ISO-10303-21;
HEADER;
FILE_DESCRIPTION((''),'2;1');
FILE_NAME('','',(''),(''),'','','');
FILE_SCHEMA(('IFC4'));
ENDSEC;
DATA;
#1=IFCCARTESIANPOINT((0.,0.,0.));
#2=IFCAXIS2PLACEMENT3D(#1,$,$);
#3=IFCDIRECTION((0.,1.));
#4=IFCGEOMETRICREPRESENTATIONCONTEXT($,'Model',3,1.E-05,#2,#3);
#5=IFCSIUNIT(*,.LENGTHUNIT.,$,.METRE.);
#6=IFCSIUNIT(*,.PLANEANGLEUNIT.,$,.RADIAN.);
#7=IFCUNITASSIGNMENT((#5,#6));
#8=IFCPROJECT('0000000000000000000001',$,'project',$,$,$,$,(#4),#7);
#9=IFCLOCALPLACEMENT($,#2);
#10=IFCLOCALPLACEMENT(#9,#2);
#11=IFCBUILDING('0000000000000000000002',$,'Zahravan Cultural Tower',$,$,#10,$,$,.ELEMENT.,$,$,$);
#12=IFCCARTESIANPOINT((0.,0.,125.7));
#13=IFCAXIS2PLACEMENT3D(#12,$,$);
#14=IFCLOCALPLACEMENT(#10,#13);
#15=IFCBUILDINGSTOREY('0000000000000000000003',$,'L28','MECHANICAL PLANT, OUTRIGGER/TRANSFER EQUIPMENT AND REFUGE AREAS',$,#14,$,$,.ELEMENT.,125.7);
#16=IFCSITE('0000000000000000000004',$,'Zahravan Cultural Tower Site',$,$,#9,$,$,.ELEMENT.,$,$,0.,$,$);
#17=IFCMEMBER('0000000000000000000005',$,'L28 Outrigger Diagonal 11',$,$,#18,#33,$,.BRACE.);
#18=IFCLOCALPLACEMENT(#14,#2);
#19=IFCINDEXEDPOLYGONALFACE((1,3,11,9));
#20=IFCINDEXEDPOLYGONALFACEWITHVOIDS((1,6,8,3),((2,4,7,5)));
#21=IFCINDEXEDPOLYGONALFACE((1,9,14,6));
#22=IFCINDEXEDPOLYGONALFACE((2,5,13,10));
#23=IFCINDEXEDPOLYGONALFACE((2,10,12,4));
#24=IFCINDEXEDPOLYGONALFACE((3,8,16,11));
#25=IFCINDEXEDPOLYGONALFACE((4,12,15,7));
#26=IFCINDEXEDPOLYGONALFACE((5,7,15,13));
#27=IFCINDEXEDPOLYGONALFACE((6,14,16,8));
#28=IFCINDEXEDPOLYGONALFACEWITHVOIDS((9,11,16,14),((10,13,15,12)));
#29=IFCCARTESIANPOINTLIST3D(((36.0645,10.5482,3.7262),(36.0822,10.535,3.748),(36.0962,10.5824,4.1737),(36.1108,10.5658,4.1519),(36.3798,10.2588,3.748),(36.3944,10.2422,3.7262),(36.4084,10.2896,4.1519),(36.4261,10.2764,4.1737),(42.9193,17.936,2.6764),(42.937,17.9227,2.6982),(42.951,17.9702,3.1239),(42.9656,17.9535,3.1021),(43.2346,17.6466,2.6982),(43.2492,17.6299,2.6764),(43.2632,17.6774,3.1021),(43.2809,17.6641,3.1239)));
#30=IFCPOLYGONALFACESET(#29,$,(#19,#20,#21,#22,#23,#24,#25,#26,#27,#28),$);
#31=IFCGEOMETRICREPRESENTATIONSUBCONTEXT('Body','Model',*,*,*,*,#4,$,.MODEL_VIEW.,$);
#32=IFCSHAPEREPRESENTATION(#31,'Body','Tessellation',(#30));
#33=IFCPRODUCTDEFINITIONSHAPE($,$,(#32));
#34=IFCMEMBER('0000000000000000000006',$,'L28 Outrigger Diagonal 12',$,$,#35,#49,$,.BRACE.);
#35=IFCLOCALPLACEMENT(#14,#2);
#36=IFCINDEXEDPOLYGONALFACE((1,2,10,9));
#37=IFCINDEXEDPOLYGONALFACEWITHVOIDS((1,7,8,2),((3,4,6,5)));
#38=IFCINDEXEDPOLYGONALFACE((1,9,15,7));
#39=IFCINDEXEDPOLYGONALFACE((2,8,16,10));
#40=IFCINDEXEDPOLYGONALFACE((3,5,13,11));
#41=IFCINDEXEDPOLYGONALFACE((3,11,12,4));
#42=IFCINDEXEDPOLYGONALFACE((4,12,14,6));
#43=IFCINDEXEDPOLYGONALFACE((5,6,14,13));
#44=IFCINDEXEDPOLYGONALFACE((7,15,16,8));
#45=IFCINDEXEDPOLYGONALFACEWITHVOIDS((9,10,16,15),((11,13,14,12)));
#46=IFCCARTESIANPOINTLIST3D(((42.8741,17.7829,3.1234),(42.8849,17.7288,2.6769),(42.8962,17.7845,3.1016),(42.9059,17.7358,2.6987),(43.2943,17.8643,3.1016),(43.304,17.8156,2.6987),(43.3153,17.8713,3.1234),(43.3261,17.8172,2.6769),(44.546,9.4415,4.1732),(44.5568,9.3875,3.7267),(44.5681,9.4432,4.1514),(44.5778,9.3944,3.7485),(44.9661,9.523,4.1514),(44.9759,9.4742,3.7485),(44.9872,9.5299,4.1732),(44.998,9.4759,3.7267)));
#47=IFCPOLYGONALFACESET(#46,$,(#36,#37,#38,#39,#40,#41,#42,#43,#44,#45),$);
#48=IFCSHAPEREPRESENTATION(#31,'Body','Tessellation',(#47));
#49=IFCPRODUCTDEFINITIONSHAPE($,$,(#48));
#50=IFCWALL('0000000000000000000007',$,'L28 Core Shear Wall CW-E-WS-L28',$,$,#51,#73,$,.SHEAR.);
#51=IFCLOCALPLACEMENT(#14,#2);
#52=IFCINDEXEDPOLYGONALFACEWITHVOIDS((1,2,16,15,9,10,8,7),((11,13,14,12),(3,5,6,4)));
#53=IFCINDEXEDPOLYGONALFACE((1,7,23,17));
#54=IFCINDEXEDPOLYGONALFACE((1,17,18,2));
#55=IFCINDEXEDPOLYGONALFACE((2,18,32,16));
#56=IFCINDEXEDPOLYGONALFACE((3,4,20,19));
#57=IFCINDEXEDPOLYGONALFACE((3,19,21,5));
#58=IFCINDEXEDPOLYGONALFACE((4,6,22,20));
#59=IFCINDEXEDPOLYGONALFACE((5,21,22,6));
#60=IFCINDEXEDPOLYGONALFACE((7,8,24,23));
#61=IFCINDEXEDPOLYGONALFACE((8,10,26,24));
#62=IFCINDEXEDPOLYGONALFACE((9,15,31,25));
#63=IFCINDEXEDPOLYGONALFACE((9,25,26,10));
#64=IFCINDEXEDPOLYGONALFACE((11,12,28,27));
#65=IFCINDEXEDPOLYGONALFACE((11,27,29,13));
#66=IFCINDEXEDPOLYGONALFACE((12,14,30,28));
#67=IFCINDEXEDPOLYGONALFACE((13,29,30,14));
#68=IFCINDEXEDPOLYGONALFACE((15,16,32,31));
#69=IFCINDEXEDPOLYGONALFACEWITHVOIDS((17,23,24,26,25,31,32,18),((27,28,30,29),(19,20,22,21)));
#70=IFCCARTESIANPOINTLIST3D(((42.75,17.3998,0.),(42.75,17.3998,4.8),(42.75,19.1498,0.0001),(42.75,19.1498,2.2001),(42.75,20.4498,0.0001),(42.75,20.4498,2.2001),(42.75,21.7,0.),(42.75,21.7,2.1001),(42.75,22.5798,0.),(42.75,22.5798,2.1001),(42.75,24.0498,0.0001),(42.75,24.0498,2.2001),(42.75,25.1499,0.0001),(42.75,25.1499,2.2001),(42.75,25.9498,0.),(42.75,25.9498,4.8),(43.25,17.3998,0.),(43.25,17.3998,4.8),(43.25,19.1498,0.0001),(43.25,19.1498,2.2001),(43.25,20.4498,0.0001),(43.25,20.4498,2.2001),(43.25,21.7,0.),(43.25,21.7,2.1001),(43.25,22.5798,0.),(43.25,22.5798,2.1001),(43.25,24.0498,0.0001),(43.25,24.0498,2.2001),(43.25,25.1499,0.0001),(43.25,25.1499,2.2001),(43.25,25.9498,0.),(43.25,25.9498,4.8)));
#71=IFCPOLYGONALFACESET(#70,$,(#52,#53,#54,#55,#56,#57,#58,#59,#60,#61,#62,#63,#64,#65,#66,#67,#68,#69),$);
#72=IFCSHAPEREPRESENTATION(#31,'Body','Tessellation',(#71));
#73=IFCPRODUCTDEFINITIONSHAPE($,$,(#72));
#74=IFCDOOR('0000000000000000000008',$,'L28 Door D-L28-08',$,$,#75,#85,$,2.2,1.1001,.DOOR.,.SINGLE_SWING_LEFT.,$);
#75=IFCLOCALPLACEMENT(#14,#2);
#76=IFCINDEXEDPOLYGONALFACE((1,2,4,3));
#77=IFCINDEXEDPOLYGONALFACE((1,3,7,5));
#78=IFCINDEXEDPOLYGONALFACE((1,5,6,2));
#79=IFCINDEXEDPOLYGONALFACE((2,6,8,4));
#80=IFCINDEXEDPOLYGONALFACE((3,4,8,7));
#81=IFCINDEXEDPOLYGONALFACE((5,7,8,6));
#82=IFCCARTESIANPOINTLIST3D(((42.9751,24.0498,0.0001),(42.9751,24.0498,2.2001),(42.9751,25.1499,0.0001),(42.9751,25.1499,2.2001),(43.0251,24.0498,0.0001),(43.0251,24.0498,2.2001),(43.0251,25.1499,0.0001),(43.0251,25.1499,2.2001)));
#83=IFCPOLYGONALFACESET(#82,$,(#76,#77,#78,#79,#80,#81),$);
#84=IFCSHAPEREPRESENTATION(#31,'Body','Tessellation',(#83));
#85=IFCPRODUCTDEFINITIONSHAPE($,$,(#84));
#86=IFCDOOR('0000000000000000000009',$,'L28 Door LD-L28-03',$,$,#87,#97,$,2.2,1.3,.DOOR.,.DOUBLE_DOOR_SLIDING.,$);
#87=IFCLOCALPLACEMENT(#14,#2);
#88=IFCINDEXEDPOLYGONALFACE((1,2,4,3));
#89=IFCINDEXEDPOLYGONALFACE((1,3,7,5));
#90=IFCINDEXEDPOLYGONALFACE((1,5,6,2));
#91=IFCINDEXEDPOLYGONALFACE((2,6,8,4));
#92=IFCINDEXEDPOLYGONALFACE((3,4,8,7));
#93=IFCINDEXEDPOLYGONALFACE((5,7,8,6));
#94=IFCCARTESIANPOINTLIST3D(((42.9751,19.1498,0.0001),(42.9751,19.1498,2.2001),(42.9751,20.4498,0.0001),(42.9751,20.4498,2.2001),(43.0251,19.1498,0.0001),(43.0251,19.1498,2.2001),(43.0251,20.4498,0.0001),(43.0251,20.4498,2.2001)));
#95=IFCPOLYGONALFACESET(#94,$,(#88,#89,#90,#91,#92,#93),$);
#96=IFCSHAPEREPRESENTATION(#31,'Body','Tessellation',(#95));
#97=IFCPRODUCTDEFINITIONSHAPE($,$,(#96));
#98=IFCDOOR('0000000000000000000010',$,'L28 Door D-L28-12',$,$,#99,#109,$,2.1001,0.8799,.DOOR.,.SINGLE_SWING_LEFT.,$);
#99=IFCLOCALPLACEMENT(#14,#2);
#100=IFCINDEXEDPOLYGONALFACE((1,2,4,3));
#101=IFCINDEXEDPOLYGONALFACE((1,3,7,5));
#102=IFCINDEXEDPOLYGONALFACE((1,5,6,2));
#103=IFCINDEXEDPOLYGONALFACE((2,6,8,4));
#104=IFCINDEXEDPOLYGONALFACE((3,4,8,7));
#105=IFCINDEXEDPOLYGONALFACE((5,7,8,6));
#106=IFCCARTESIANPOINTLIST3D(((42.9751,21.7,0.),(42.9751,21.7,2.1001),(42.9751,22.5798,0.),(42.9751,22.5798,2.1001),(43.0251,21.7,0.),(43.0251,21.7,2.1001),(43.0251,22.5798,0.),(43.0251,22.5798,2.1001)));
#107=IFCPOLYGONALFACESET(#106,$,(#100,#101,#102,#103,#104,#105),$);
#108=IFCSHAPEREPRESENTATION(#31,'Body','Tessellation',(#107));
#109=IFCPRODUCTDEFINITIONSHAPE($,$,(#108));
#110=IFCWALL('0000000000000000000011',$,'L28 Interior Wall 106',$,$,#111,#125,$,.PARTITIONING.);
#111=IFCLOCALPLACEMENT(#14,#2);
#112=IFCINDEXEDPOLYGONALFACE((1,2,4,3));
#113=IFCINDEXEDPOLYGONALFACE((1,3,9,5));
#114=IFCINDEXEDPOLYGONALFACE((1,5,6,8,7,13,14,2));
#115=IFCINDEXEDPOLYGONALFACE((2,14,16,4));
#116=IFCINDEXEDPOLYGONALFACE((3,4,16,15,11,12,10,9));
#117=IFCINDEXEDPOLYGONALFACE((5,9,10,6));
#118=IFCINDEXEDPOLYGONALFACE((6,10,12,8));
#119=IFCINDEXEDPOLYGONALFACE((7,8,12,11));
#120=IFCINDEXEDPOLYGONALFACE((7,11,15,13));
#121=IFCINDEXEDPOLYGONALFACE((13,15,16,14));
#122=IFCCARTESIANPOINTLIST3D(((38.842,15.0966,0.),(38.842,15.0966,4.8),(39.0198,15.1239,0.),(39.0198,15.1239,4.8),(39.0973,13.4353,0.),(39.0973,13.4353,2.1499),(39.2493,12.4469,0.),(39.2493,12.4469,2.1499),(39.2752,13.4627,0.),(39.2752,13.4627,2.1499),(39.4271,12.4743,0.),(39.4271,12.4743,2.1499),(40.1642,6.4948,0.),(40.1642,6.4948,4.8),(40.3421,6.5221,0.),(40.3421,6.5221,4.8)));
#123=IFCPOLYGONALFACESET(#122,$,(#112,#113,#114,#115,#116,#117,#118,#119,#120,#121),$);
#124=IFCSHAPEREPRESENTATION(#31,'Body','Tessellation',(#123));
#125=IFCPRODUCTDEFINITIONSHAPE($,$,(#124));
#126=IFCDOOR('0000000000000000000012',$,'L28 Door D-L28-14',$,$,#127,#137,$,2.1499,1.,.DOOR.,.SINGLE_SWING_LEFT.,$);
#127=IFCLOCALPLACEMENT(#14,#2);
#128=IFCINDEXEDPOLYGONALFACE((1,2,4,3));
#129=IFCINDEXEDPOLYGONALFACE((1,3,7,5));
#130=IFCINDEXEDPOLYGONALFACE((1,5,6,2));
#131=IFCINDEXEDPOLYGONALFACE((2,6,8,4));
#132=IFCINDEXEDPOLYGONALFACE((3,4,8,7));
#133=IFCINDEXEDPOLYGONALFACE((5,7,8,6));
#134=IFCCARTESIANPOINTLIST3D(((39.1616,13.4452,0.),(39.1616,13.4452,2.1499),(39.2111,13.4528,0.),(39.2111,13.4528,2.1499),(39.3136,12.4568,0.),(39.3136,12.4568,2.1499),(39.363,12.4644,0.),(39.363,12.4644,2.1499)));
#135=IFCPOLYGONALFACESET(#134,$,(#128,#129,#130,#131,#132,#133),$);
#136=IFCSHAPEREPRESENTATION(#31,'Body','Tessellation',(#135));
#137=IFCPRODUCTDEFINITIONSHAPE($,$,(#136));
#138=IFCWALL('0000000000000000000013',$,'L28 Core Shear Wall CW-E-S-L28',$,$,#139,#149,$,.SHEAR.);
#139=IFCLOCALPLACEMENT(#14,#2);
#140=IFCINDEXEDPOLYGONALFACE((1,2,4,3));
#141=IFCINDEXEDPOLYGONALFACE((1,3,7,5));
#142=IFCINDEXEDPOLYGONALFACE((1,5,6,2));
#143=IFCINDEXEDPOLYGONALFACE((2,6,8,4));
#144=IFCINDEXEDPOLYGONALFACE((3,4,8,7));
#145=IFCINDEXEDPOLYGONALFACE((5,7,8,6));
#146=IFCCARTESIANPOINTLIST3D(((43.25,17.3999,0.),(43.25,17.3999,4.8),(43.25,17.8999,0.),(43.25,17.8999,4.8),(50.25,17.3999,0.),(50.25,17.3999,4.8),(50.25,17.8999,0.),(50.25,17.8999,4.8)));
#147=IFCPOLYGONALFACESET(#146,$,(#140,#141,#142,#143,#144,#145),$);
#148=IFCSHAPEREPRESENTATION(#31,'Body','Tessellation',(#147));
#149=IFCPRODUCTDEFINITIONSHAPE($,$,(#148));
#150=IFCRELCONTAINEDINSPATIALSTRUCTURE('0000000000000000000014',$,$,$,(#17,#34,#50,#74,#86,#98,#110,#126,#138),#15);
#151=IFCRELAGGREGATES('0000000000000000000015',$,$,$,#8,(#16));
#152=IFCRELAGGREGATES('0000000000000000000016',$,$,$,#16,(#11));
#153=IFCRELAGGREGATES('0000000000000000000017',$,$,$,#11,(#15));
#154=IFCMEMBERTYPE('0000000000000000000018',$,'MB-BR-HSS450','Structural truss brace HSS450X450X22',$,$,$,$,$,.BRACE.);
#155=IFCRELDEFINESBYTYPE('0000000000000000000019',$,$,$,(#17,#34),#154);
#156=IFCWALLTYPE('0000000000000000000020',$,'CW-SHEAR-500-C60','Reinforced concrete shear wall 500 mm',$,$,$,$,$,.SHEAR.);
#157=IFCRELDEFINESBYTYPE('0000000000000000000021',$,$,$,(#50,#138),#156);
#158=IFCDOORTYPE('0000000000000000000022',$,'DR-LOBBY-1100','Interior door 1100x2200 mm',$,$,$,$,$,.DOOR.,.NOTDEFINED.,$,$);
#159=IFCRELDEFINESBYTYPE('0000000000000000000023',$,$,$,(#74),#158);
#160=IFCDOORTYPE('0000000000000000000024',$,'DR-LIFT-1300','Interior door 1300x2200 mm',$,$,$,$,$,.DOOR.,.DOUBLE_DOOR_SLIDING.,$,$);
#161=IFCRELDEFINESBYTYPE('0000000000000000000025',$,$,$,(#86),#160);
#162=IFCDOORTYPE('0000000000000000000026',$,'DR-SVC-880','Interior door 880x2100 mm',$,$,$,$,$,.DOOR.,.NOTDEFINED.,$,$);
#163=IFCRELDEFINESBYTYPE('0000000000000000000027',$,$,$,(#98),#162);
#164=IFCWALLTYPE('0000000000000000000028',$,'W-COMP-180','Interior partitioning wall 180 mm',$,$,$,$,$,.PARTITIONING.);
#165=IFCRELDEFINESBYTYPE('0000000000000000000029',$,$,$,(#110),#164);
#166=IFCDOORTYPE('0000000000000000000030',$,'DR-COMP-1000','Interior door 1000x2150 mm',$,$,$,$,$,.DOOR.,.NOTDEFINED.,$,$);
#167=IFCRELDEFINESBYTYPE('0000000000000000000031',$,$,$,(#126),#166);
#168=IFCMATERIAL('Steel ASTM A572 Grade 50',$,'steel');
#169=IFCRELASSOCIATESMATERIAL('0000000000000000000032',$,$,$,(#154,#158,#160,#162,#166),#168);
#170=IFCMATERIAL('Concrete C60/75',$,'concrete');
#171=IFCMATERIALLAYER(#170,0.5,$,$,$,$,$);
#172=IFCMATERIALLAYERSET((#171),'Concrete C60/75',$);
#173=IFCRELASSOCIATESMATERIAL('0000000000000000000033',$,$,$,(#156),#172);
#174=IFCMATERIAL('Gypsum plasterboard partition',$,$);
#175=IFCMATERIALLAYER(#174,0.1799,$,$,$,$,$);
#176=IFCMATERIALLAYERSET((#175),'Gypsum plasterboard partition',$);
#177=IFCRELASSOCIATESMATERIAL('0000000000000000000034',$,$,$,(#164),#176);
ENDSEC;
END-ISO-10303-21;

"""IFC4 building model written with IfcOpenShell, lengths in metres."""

from ifc_helpers import new_model, si_unit, direction, frame, frame_2d, origin, origin_2d, place, context, subcontext, project, spatial, rectangle, hollow_rectangle, extrude, source, transform, mapped, material, layer, layer_set, material_profile, profile_set, type_object, element, fill, save


model = new_model("IFC4")

# Units and contexts
model_context = context("Model", 3, precision=1e-05, world=origin(), true_north=direction((0.0, 1.0)))
body_context = subcontext(model_context, "Body", "Model", "MODEL_VIEW")
ifc_project = project(units=[si_unit("LENGTHUNIT", "METRE"), si_unit("PLANEANGLEUNIT", "RADIAN")], contexts=[model_context])

# Site, building, storey
site_placement = place(None, origin())
site = spatial("IfcSite", under=ifc_project, at=site_placement, Name="Zahravan Cultural Tower Site", CompositionType="ELEMENT", RefElevation=0.0)
building_placement = place(site_placement, origin())
building = spatial("IfcBuilding", under=site, at=building_placement, Name="Zahravan Cultural Tower", CompositionType="ELEMENT")
storey_placement = place(building_placement, frame((0.0, 0.0, 125.7)))
storey = spatial("IfcBuildingStorey", under=building, at=storey_placement, Name="L28", Description="MECHANICAL PLANT, OUTRIGGER/TRANSFER EQUIPMENT AND REFUGE AREAS", CompositionType="ELEMENT", Elevation=125.7)

# Shared definitions
ifc_material_1 = material(Name="Concrete C60/75", Category="concrete")

# Members
ifc_material_2 = material(Name="Steel ASTM A572 Grade 50", Category="steel")
ifc_material_profile_1 = material_profile(ifc_material_2, hollow_rectangle(XDim=0.45, YDim=0.45, WallThickness=0.022, at=origin_2d()), Name="HSS450X450X22")
ifc_profile_set_1 = profile_set([ifc_material_profile_1], Name="Steel ASTM A572 Grade 50")
member_type = type_object("IfcMemberType", Name="MB-BR-HSS450", Description="Structural truss brace HSS450X450X22", PredefinedType="BRACE", material=ifc_profile_set_1)
shared_shape_1 = source(origin(), body_context, "Body", "SweptSolid", [
    extrude(hollow_rectangle(XDim=0.45, YDim=0.45, WallThickness=0.022, at=origin_2d()), origin(), (0.0, 0.0, 1.0), 10.1326),
])
member_1_placement = place(storey_placement, frame((43.1001, 17.8, 2.9001), z_axis=(-0.67651, -0.729109, 0.103608), x_axis=(0.733054, -0.68017, 0.0)))
element("IfcMember", 1, at=member_1_placement, inside=storey, type_object=member_type, Name="L28 Outrigger Diagonal 11", PredefinedType="BRACE", context=body_context, shape_type="MappedRepresentation", body=[
    mapped(shared_shape_1, transform((0.0, 0.0, 0.0), x_axis=(1.0, 0.0, 0.0), y_axis=(0.0, 1.0, 0.0), z_axis=(0.0, 0.0, 1.0), scale=1.0)),
])
shared_shape_2 = source(origin(), body_context, "Body", "SweptSolid", [
    extrude(hollow_rectangle(XDim=0.45, YDim=0.45, WallThickness=0.022, at=origin_2d()), origin(), (0.0, 0.0, 1.0), 8.5718),
])
member_2_placement = place(storey_placement, frame((43.1001, 17.8, 2.9001), z_axis=(0.195045, -0.973118, 0.122473), x_axis=(0.980499, 0.196525, 0.0)))
element("IfcMember", 2, at=member_2_placement, inside=storey, type_object=member_type, Name="L28 Outrigger Diagonal 12", PredefinedType="BRACE", context=body_context, shape_type="MappedRepresentation", body=[
    mapped(shared_shape_2, transform((0.0, 0.0, 0.0), x_axis=(1.0, 0.0, 0.0), y_axis=(0.0, 1.0, 0.0), z_axis=(0.0, 0.0, 1.0), scale=1.0)),
])

# Wall, openings, doors
ifc_layer_1 = layer(ifc_material_1, 0.5)
ifc_layer_set_1 = layer_set([ifc_layer_1], Name="Concrete C60/75")
wall_type_1 = type_object("IfcWallType", Name="CW-SHEAR-500-C60", Description="Reinforced concrete shear wall 500 mm", PredefinedType="SHEAR", material=ifc_layer_set_1)
wall_1_placement = place(storey_placement, frame((43.0, 17.3999, 0.0), z_axis=(0.0, 0.0, 1.0), x_axis=(0.0, 1.0, 0.0)))
wall_1 = element("IfcWall", 3, at=wall_1_placement, inside=storey, type_object=wall_type_1, Name="L28 Core Shear Wall CW-E-WS-L28", PredefinedType="SHEAR", context=body_context, shape_type="SweptSolid", body=[
    extrude(rectangle(XDim=8.55, YDim=0.5, at=frame_2d((4.2749, 0.0))), origin(), (0.0, 0.0, 1.0), 4.8),
])
opening_1_placement = place(wall_1_placement, frame((6.6499, 0.0, 0.0)))
opening_1 = element("IfcOpeningElement", 4, at=opening_1_placement, cuts=wall_1, PredefinedType="OPENING", context=body_context, shape_type="SweptSolid", body=[
    extrude(rectangle(XDim=1.1001, YDim=2.2, at=frame_2d((0.55, 1.1001))), frame((0.0, 0.26, 0.0), z_axis=(0.0, -1.0, 0.0), x_axis=(1.0, 0.0, 0.0)), (0.0, 0.0, 1.0), 0.52),
])
opening_2_placement = place(wall_1_placement, frame((1.75, 0.0, 0.0)))
opening_2 = element("IfcOpeningElement", 5, at=opening_2_placement, cuts=wall_1, PredefinedType="OPENING", context=body_context, shape_type="SweptSolid", body=[
    extrude(rectangle(XDim=1.3, YDim=2.2, at=frame_2d((0.6499, 1.1001))), frame((0.0, 0.26, 0.0), z_axis=(0.0, -1.0, 0.0), x_axis=(1.0, 0.0, 0.0)), (0.0, 0.0, 1.0), 0.52),
])
opening_3_placement = place(wall_1_placement, frame((4.3, 0.0, 0.0)))
opening_3 = element("IfcOpeningElement", 6, at=opening_3_placement, cuts=wall_1, PredefinedType="OPENING", context=body_context, shape_type="SweptSolid", body=[
    extrude(rectangle(XDim=0.8799, YDim=2.1001, at=frame_2d((0.4399, 1.05))), frame((0.0, 0.26, 0.0), z_axis=(0.0, -1.0, 0.0), x_axis=(1.0, 0.0, 0.0)), (0.0, 0.0, 1.0), 0.52),
])
door_type_1 = type_object("IfcDoorType", Name="DR-LOBBY-1100", Description="Interior door 1100x2200 mm", OperationType="NOTDEFINED", PredefinedType="DOOR", material=ifc_material_2)
shared_shape_3 = source(origin(), body_context, "Body", "SweptSolid", [
    extrude(rectangle(XDim=1.1001, YDim=2.2, at=frame_2d((0.55, 1.1001))), frame((0.0, 0.0249, 0.0), z_axis=(0.0, -1.0, 0.0), x_axis=(1.0, 0.0, 0.0)), (0.0, 0.0, 1.0), 0.05),
])
door_1_placement = place(opening_1_placement, origin())
door_1 = element("IfcDoor", 7, at=door_1_placement, inside=storey, type_object=door_type_1, Name="L28 Door D-L28-08", OperationType="SINGLE_SWING_LEFT", OverallHeight=2.2, OverallWidth=1.1001, PredefinedType="DOOR", context=body_context, shape_type="MappedRepresentation", body=[
    mapped(shared_shape_3, transform((0.0, 0.0, 0.0), x_axis=(1.0, 0.0, 0.0), y_axis=(0.0, 1.0, 0.0), z_axis=(0.0, 0.0, 1.0), scale=1.0)),
])
fill(opening_1, door_1)
door_type_2 = type_object("IfcDoorType", Name="DR-LIFT-1300", Description="Interior door 1300x2200 mm", OperationType="DOUBLE_DOOR_SLIDING", PredefinedType="DOOR", material=ifc_material_2)
shared_shape_4 = source(origin(), body_context, "Body", "SweptSolid", [
    extrude(rectangle(XDim=1.3, YDim=2.2, at=frame_2d((0.6499, 1.1001))), frame((0.0, 0.0249, 0.0), z_axis=(0.0, -1.0, 0.0), x_axis=(1.0, 0.0, 0.0)), (0.0, 0.0, 1.0), 0.05),
])
door_2_placement = place(opening_2_placement, origin())
door_2 = element("IfcDoor", 8, at=door_2_placement, inside=storey, type_object=door_type_2, Name="L28 Door LD-L28-03", OperationType="DOUBLE_DOOR_SLIDING", OverallHeight=2.2, OverallWidth=1.3, PredefinedType="DOOR", context=body_context, shape_type="MappedRepresentation", body=[
    mapped(shared_shape_4, transform((0.0, 0.0, 0.0), x_axis=(1.0, 0.0, 0.0), y_axis=(0.0, 1.0, 0.0), z_axis=(0.0, 0.0, 1.0), scale=1.0)),
])
fill(opening_2, door_2)
door_type_3 = type_object("IfcDoorType", Name="DR-SVC-880", Description="Interior door 880x2100 mm", OperationType="NOTDEFINED", PredefinedType="DOOR", material=ifc_material_2)
shared_shape_5 = source(origin(), body_context, "Body", "SweptSolid", [
    extrude(rectangle(XDim=0.8799, YDim=2.1001, at=frame_2d((0.4399, 1.05))), frame((0.0, 0.0249, 0.0), z_axis=(0.0, -1.0, 0.0), x_axis=(1.0, 0.0, 0.0)), (0.0, 0.0, 1.0), 0.05),
])
door_3_placement = place(opening_3_placement, origin())
door_3 = element("IfcDoor", 9, at=door_3_placement, inside=storey, type_object=door_type_3, Name="L28 Door D-L28-12", OperationType="SINGLE_SWING_LEFT", OverallHeight=2.1001, OverallWidth=0.8799, PredefinedType="DOOR", context=body_context, shape_type="MappedRepresentation", body=[
    mapped(shared_shape_5, transform((0.0, 0.0, 0.0), x_axis=(1.0, 0.0, 0.0), y_axis=(0.0, 1.0, 0.0), z_axis=(0.0, 0.0, 1.0), scale=1.0)),
])
fill(opening_3, door_3)

# Wall, opening, door
ifc_material_3 = material(Name="Gypsum plasterboard partition")
ifc_layer_2 = layer(ifc_material_3, 0.1799)
ifc_layer_set_2 = layer_set([ifc_layer_2], Name="Gypsum plasterboard partition")
wall_type_2 = type_object("IfcWallType", Name="W-COMP-180", Description="Interior partitioning wall 180 mm", PredefinedType="PARTITIONING", material=ifc_layer_set_2)
door_type_4 = type_object("IfcDoorType", Name="DR-COMP-1000", Description="Interior door 1000x2150 mm", OperationType="NOTDEFINED", PredefinedType="DOOR", material=ifc_material_2)
shared_shape_6 = source(origin(), body_context, "Body", "SweptSolid", [
    extrude(rectangle(XDim=1.0, YDim=2.1499, at=frame_2d((0.5, 1.075))), frame((0.0, 0.0249, 0.0), z_axis=(0.0, -1.0, 0.0), x_axis=(1.0, 0.0, 0.0)), (0.0, 0.0, 1.0), 0.05),
])
wall_2_placement = place(storey_placement, frame((40.2532, 6.5083, 0.0), z_axis=(0.0, 0.0, 1.0), x_axis=(-0.151935, 0.988391, 0.0)))
wall_2 = element("IfcWall", 10, at=wall_2_placement, inside=storey, type_object=wall_type_2, Name="L28 Interior Wall 106", PredefinedType="PARTITIONING", context=body_context, shape_type="SweptSolid", body=[
    extrude(rectangle(XDim=8.7029, YDim=0.1799, at=frame_2d((4.3516, 0.0))), origin(), (0.0, 0.0, 1.0), 4.8),
])
opening_4_placement = place(wall_2_placement, frame((6.0222, 0.0, 0.0)))
opening_4 = element("IfcOpeningElement", 11, at=opening_4_placement, cuts=wall_2, PredefinedType="OPENING", context=body_context, shape_type="SweptSolid", body=[
    extrude(rectangle(XDim=1.0, YDim=2.1499, at=frame_2d((0.5, 1.075))), frame((0.0, 0.0999, 0.0), z_axis=(0.0, -1.0, 0.0), x_axis=(1.0, 0.0, 0.0)), (0.0, 0.0, 1.0), 0.2),
])
door_4_placement = place(opening_4_placement, origin())
door_4 = element("IfcDoor", 12, at=door_4_placement, inside=storey, type_object=door_type_4, Name="L28 Door D-L28-14", OperationType="SINGLE_SWING_LEFT", OverallHeight=2.1499, OverallWidth=1.0, PredefinedType="DOOR", context=body_context, shape_type="MappedRepresentation", body=[
    mapped(shared_shape_6, transform((0.0, 0.0, 0.0), x_axis=(1.0, 0.0, 0.0), y_axis=(0.0, 1.0, 0.0), z_axis=(0.0, 0.0, 1.0), scale=1.0)),
])
fill(opening_4, door_4)

# Wall
shared_shape_7 = source(origin(), body_context, "Body", "SweptSolid", [
    extrude(rectangle(XDim=7.0, YDim=0.5, at=frame_2d((3.5, 0.0))), origin(), (0.0, 0.0, 1.0), 4.8),
])
wall_3_placement = place(storey_placement, frame((43.25, 17.6499, 0.0), z_axis=(0.0, 0.0, 1.0), x_axis=(1.0, 0.0, 0.0)))
element("IfcWall", 13, at=wall_3_placement, inside=storey, type_object=wall_type_1, Name="L28 Core Shear Wall CW-E-S-L28", PredefinedType="SHEAR", context=body_context, shape_type="MappedRepresentation", body=[
    mapped(shared_shape_7, transform((0.0, 0.0, 0.0), x_axis=(1.0, 0.0, 0.0), y_axis=(0.0, 1.0, 0.0), z_axis=(0.0, 0.0, 1.0), scale=1.0)),
])

save(model, "model.ifc")
